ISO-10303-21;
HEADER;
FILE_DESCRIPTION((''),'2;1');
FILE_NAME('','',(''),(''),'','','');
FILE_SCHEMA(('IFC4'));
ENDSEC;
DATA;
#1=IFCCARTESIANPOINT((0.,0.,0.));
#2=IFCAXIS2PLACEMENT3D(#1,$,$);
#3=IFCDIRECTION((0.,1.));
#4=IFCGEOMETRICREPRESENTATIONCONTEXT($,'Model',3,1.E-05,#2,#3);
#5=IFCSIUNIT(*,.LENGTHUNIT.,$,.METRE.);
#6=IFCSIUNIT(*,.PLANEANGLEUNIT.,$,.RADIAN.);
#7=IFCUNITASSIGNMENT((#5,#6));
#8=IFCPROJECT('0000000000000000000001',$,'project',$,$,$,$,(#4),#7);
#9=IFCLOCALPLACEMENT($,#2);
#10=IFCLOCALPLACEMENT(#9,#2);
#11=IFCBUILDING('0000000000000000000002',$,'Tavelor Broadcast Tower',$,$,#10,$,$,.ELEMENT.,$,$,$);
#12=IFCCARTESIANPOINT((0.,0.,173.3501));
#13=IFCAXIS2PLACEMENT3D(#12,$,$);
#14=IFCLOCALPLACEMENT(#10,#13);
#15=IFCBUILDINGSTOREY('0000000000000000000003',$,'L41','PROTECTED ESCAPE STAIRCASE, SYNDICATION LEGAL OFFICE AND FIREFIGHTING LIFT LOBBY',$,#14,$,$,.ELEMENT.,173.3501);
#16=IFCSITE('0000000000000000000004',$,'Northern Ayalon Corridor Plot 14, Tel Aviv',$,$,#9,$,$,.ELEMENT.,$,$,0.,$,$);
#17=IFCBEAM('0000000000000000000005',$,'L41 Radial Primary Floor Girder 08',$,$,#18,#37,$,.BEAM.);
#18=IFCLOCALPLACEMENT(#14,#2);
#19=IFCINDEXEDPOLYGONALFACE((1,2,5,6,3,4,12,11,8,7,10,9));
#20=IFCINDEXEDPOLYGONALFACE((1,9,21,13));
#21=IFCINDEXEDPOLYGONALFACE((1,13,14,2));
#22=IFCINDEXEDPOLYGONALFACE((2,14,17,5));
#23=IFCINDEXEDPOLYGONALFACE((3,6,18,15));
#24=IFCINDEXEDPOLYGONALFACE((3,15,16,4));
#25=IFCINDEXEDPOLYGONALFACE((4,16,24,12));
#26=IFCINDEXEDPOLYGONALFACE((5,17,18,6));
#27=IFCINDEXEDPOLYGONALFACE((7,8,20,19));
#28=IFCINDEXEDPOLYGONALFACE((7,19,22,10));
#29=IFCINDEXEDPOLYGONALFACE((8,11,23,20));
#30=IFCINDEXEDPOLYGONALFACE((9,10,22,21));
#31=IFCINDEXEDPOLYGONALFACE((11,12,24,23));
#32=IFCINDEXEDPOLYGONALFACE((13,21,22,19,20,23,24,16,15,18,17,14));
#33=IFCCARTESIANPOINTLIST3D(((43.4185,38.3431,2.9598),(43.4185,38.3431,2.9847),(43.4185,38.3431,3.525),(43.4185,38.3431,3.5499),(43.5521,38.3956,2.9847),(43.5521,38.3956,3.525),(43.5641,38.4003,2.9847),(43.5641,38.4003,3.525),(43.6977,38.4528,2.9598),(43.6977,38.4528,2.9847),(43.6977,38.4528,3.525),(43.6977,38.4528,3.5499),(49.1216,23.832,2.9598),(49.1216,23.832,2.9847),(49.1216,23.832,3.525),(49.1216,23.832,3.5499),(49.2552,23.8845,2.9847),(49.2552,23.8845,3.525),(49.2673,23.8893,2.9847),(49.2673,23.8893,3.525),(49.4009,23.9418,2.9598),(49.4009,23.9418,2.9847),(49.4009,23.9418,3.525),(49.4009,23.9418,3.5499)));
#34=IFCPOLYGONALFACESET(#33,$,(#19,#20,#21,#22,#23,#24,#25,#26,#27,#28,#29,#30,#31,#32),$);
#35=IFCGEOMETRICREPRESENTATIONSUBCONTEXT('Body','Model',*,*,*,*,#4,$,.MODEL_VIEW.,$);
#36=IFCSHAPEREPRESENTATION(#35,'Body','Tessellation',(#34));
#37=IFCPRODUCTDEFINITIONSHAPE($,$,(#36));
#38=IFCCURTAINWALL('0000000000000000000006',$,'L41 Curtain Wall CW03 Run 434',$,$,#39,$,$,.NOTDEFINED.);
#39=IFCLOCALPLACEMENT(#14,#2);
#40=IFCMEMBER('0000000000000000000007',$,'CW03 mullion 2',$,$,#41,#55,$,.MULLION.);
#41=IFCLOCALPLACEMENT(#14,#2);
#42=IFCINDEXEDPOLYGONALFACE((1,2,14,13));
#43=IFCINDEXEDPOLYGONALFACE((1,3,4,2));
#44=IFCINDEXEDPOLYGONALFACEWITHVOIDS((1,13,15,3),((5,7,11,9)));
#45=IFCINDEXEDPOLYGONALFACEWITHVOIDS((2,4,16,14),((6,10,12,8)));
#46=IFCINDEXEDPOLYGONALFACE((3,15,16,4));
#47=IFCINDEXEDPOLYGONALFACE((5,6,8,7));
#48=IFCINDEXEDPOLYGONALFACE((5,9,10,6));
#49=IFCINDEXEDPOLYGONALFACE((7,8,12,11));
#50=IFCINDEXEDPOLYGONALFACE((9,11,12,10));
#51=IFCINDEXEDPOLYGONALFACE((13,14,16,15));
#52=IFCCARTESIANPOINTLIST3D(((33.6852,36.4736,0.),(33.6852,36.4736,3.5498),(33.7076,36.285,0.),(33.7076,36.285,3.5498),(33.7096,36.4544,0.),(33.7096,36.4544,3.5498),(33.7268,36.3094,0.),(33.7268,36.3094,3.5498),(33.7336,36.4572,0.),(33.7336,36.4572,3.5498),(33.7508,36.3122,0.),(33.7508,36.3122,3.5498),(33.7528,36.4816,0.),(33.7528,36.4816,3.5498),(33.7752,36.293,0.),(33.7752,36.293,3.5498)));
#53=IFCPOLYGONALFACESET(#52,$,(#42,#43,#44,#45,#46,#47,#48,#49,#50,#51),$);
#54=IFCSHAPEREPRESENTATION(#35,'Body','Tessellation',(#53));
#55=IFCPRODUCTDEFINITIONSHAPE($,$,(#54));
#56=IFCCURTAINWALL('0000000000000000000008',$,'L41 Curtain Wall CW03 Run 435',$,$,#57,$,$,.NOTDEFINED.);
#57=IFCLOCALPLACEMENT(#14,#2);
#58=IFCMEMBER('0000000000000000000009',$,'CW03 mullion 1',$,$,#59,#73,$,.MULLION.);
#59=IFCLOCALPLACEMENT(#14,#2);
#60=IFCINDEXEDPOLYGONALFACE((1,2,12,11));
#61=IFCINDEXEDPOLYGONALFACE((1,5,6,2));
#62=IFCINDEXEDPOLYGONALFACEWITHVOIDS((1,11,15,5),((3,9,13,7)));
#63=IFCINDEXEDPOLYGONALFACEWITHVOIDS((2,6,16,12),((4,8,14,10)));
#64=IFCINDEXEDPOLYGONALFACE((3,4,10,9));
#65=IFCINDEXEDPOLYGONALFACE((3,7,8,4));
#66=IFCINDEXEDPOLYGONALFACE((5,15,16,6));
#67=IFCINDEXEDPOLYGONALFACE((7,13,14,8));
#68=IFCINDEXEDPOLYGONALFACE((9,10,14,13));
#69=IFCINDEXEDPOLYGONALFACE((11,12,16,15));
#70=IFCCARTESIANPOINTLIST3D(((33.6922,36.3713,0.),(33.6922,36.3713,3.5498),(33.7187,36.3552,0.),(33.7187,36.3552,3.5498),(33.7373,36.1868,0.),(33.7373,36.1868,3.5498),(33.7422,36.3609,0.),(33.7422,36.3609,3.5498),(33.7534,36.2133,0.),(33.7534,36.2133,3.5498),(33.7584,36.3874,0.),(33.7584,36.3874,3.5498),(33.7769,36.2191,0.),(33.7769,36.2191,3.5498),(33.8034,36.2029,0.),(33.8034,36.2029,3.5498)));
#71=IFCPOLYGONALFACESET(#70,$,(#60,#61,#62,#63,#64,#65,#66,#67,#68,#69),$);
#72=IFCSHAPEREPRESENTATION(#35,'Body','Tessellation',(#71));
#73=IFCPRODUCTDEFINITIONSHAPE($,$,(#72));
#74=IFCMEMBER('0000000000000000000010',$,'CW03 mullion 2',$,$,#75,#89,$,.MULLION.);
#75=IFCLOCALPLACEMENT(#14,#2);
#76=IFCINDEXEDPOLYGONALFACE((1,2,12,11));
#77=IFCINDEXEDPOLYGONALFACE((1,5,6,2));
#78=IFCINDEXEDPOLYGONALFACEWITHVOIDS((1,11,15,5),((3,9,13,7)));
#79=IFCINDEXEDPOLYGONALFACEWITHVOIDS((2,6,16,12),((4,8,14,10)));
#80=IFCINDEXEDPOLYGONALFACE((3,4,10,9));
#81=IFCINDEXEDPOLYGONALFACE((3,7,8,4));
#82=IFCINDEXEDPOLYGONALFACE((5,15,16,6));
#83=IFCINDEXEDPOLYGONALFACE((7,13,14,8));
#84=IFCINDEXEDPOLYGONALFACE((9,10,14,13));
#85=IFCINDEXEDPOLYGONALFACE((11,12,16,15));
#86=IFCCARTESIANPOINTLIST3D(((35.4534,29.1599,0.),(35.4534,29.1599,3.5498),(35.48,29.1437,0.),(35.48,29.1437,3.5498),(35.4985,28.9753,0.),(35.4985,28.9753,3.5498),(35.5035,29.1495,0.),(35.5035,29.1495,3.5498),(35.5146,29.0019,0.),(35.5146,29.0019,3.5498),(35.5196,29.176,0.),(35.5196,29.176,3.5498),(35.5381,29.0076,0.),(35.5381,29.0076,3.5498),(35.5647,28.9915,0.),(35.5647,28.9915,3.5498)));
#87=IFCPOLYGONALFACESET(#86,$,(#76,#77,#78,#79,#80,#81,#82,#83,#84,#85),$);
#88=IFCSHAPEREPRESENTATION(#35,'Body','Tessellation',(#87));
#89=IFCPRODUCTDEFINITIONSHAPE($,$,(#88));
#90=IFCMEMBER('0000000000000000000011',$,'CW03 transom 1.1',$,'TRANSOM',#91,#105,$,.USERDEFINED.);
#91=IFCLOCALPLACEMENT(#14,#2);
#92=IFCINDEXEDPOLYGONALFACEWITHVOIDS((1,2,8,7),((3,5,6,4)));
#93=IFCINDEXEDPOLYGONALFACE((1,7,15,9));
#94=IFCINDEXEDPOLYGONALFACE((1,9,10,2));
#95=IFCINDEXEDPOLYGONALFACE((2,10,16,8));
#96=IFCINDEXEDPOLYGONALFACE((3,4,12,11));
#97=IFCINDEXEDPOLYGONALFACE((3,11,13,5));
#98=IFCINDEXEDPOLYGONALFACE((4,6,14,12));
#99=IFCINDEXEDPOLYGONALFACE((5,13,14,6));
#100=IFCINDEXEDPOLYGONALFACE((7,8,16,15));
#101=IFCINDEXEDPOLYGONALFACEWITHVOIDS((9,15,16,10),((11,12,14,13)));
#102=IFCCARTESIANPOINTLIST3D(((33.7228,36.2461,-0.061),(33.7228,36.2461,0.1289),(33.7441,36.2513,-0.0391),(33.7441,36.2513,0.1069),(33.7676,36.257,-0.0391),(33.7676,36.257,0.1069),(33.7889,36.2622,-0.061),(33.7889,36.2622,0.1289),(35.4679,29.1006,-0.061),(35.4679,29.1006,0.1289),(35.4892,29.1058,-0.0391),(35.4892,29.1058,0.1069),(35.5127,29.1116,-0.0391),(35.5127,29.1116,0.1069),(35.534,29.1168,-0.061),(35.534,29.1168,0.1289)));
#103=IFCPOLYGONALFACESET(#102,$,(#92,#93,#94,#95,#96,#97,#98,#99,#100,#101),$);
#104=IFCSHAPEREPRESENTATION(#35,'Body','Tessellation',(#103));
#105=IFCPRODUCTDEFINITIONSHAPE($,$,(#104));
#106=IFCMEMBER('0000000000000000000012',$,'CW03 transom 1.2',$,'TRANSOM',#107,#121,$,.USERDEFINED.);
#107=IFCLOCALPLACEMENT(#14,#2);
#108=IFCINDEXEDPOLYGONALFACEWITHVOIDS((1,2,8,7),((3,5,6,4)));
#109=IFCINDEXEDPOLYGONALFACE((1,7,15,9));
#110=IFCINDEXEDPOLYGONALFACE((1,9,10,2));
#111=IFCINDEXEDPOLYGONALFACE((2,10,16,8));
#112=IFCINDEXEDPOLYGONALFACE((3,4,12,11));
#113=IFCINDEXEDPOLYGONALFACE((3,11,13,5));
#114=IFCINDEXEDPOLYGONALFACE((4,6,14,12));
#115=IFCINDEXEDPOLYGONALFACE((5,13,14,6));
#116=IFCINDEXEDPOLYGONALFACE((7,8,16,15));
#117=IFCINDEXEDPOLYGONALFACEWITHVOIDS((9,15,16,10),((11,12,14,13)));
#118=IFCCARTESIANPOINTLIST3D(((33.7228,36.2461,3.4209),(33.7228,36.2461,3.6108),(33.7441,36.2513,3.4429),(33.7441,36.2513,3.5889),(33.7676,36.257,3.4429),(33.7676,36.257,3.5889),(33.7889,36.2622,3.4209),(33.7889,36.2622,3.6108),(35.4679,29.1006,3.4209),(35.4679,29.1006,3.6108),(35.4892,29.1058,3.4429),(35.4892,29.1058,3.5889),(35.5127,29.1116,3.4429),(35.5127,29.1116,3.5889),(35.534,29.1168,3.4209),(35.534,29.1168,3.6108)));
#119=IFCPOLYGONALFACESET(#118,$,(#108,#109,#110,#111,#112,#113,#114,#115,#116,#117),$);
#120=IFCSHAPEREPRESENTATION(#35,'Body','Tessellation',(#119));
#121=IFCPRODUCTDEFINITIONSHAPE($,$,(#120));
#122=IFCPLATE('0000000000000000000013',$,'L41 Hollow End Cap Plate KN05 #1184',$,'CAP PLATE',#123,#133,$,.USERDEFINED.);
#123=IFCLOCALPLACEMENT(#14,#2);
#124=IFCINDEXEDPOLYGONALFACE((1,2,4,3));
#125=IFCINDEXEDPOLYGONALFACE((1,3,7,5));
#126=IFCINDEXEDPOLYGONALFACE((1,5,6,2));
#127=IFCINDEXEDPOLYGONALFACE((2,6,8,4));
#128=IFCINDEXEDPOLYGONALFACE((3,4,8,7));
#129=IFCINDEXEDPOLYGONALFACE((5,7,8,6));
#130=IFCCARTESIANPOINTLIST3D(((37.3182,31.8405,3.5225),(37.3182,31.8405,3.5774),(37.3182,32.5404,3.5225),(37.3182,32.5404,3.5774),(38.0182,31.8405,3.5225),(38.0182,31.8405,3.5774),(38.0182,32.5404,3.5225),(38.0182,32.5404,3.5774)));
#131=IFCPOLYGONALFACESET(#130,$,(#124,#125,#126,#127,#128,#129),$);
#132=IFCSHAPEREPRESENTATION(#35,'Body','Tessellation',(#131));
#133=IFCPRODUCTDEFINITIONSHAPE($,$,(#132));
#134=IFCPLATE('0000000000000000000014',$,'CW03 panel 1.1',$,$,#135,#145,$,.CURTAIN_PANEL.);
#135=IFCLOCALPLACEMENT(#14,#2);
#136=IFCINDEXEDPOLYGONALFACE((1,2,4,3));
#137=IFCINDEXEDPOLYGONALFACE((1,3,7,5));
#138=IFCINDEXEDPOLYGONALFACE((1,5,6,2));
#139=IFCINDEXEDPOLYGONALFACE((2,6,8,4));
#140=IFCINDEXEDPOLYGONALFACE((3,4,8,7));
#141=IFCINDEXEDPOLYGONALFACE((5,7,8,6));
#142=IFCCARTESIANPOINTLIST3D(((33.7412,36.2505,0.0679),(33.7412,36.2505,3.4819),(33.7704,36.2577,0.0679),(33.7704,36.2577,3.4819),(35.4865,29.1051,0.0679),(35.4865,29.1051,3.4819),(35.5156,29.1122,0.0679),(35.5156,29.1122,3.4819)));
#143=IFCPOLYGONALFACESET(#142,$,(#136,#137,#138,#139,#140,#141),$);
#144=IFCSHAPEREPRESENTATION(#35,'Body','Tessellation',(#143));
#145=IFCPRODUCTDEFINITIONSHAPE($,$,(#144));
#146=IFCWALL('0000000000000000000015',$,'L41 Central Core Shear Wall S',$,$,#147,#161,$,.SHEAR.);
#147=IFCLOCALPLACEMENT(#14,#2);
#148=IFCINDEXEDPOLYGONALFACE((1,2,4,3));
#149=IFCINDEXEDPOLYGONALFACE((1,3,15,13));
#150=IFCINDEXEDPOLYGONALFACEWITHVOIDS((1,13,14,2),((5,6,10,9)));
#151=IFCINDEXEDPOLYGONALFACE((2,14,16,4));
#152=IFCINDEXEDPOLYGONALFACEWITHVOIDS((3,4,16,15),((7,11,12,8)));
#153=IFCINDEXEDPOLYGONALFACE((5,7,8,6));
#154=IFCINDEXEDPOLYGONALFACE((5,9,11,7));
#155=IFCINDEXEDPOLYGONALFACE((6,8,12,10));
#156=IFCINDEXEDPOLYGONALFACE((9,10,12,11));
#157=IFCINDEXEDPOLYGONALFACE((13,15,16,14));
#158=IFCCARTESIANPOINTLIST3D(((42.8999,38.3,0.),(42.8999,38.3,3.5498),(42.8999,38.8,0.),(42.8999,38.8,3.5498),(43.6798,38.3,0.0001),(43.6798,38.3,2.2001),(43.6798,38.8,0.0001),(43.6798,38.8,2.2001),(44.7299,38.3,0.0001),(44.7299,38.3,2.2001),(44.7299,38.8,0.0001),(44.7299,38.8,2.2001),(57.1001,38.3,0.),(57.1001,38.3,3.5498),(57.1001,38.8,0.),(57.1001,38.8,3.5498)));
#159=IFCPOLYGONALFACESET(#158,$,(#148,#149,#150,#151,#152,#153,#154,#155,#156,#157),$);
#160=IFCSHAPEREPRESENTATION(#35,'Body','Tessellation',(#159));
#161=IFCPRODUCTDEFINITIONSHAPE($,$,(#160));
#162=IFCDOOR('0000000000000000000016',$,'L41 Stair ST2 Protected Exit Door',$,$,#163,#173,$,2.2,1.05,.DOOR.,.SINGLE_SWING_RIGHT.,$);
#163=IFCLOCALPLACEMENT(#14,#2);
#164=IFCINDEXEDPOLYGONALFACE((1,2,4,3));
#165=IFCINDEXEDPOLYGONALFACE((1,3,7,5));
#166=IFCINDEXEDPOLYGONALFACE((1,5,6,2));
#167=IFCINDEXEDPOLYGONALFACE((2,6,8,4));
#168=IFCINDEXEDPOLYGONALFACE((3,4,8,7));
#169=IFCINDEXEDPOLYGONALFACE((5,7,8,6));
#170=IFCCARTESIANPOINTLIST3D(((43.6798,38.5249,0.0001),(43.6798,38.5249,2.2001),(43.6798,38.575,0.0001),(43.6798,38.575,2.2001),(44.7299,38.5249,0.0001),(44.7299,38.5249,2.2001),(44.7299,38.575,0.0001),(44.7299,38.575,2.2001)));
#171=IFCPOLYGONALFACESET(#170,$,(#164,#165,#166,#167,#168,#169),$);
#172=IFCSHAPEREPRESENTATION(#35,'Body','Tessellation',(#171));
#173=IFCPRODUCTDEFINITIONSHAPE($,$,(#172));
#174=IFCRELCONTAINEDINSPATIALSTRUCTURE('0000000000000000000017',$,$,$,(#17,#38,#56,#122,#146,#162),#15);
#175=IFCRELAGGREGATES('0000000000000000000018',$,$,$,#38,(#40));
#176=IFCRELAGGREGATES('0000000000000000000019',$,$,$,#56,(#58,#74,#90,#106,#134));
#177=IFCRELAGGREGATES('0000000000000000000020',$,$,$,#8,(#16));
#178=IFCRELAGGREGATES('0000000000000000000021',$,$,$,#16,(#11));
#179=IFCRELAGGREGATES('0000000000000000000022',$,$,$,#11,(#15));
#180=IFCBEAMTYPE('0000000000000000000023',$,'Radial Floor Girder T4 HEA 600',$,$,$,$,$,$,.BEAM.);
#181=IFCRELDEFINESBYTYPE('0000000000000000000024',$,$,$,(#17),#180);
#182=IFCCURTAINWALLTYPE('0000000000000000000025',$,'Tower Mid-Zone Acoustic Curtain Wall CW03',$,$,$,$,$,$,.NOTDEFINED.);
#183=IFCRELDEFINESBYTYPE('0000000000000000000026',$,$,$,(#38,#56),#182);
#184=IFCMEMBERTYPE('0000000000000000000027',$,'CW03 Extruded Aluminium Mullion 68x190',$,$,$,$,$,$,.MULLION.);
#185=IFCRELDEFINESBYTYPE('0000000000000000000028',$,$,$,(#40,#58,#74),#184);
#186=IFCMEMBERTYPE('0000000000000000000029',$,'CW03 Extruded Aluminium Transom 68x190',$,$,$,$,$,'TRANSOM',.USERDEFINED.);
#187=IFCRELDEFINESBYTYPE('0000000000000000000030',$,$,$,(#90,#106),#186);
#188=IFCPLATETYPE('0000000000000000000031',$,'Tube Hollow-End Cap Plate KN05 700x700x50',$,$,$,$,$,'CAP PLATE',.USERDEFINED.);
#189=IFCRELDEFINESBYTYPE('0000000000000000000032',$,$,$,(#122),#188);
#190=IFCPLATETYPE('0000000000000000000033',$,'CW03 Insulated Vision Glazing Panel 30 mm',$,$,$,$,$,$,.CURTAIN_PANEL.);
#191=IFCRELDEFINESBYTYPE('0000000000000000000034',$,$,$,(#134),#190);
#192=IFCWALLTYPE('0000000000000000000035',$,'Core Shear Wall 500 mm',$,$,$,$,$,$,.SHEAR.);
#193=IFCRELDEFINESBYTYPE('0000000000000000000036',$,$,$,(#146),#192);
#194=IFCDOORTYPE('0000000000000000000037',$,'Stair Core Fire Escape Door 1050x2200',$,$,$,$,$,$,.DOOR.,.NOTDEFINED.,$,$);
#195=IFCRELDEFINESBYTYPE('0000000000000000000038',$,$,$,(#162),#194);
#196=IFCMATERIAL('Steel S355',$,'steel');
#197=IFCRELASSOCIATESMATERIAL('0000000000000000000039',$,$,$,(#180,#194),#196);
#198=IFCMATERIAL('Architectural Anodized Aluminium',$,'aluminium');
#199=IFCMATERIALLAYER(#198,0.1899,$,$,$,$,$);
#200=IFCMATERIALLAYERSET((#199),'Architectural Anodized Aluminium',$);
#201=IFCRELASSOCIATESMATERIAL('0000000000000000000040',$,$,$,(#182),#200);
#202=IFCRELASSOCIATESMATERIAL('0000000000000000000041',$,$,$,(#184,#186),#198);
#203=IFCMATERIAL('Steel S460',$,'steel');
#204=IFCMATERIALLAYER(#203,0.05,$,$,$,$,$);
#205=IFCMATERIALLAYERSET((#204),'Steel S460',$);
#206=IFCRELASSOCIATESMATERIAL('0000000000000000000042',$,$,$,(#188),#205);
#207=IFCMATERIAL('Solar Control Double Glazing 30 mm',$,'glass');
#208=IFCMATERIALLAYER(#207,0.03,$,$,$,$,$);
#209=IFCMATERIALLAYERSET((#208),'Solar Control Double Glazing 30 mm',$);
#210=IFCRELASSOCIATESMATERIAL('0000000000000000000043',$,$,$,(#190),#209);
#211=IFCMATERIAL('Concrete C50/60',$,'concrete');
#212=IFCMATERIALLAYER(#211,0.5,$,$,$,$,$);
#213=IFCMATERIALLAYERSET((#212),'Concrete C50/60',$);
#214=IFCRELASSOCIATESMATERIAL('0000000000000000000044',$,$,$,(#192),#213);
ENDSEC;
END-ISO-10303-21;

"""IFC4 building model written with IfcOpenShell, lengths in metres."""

from ifc_helpers import new_model, si_unit, direction, frame, frame_2d, origin, origin_2d, place, context, subcontext, project, spatial, rectangle, hollow_rectangle, i_section, extrude, source, transform, mapped, material, layer, layer_set, material_profile, profile_set, type_object, type_shapes, element, fill, aggregate, save


model = new_model("IFC4")

# Units and contexts
model_context = context("Model", 3, precision=1e-05, world=origin(), true_north=direction((0.0, 1.0)))
body_context = subcontext(model_context, "Body", "Model", "MODEL_VIEW")
ifc_project = project(units=[si_unit("LENGTHUNIT", "METRE"), si_unit("PLANEANGLEUNIT", "RADIAN")], contexts=[model_context])

# Site, building, storey
site_placement = place(None, origin())
site = spatial("IfcSite", under=ifc_project, at=site_placement, Name="Northern Ayalon Corridor Plot 14, Tel Aviv", CompositionType="ELEMENT", RefElevation=0.0)
building_placement = place(site_placement, origin())
building = spatial("IfcBuilding", under=site, at=building_placement, Name="Tavelor Broadcast Tower", CompositionType="ELEMENT")
storey_placement = place(building_placement, frame((0.0, 0.0, 173.3501)))
storey = spatial("IfcBuildingStorey", under=building, at=storey_placement, Name="L41", Description="PROTECTED ESCAPE STAIRCASE, SYNDICATION LEGAL OFFICE AND FIREFIGHTING LIFT LOBBY", CompositionType="ELEMENT", Elevation=173.3501)

# Shared definitions
ifc_material_1 = material(Name="Steel S460", Category="steel")

# Beam
ifc_material_2 = material(Name="Steel S355", Category="steel")
ifc_material_profile_1 = material_profile(ifc_material_2, i_section(OverallWidth=0.3, OverallDepth=0.5901, WebThickness=0.0129, FlangeThickness=0.0249, at=origin_2d()), Name="HEA 600")
ifc_profile_set_1 = profile_set([ifc_material_profile_1], Name="Steel S355")
beam_type_1 = type_object("IfcBeamType", Name="Radial Floor Girder T4 HEA 600", PredefinedType="BEAM", material=ifc_profile_set_1)
beam_1_placement = place(storey_placement, frame((43.5581, 38.3979, 3.2549), z_axis=(0.365785, -0.9307, 0.0), x_axis=(0.9307, 0.365785, 0.0)))
element("IfcBeam", 1, at=beam_1_placement, inside=storey, type_object=beam_type_1, Name="L41 Radial Primary Floor Girder 08", PredefinedType="BEAM", context=body_context, shape_type="SweptSolid", body=[
    extrude(i_section(OverallWidth=0.3, OverallDepth=0.5901, WebThickness=0.0129, FlangeThickness=0.0249, at=origin_2d()), origin(), (0.0, 0.0, 1.0), 15.5916),
])

# Curtain wall, member
ifc_material_3 = material(Name="Architectural Anodized Aluminium", Category="aluminium")
ifc_layer_1 = layer(ifc_material_3, 0.1899)
ifc_layer_set_1 = layer_set([ifc_layer_1], Name="Architectural Anodized Aluminium")
curtain_wall_type = type_object("IfcCurtainWallType", Name="Tower Mid-Zone Acoustic Curtain Wall CW03", PredefinedType="NOTDEFINED", material=ifc_layer_set_1)
curtain_wall_1_placement = place(storey_placement, origin())
curtain_wall_1 = element("IfcCurtainWall", 2, at=curtain_wall_1_placement, inside=storey, type_object=curtain_wall_type, Name="L41 Curtain Wall CW03 Run 434", PredefinedType="NOTDEFINED")
ifc_material_profile_2 = material_profile(ifc_material_3, hollow_rectangle(XDim=0.0681, YDim=0.1899, WallThickness=0.022, at=origin_2d()), Name="RHS 68x190x22")
ifc_profile_set_2 = profile_set([ifc_material_profile_2], Name="Architectural Anodized Aluminium")
member_type_1 = type_object("IfcMemberType", Name="CW03 Extruded Aluminium Mullion 68x190", PredefinedType="MULLION", material=ifc_profile_set_2)
shared_shape_1 = source(origin(), body_context, "Body", "SweptSolid", [
    extrude(hollow_rectangle(XDim=0.0681, YDim=0.1899, WallThickness=0.022, at=origin_2d()), origin(), (0.0, 0.0, 1.0), 3.5498),
])
type_shapes(member_type_1, [shared_shape_1])
member_1_placement = place(storey_placement, frame((33.7302, 36.3833, 0.0), z_axis=(0.0, 0.0, 1.0), x_axis=(0.993016, 0.117977, 0.0)))
member_1 = element("IfcMember", 3, at=member_1_placement, type_object=member_type_1, Name="CW03 mullion 2", PredefinedType="MULLION", context=body_context, shape_type="MappedRepresentation", body=[
    mapped(shared_shape_1, transform((0.0, 0.0, 0.0), scale=1.0)),
])
aggregate(curtain_wall_1, [member_1])

# Curtain wall, members
curtain_wall_2_placement = place(storey_placement, origin())
curtain_wall_2 = element("IfcCurtainWall", 4, at=curtain_wall_2_placement, inside=storey, type_object=curtain_wall_type, Name="L41 Curtain Wall CW03 Run 435", PredefinedType="NOTDEFINED")
member_2_placement = place(storey_placement, frame((33.7478, 36.2871, 0.0), z_axis=(0.0, 0.0, 1.0), x_axis=(0.971443, 0.237271, 0.0)))
member_2 = element("IfcMember", 5, at=member_2_placement, type_object=member_type_1, Name="CW03 mullion 1", PredefinedType="MULLION", context=body_context, shape_type="MappedRepresentation", body=[
    mapped(shared_shape_1, transform((0.0, 0.0, 0.0), scale=1.0)),
])
member_3_placement = place(storey_placement, frame((35.509, 29.0757, 0.0), z_axis=(0.0, 0.0, 1.0), x_axis=(0.971443, 0.237271, 0.0)))
member_3 = element("IfcMember", 6, at=member_3_placement, type_object=member_type_1, Name="CW03 mullion 2", PredefinedType="MULLION", context=body_context, shape_type="MappedRepresentation", body=[
    mapped(shared_shape_1, transform((0.0, 0.0, 0.0), scale=1.0)),
])
ifc_material_profile_3 = material_profile(ifc_material_3, hollow_rectangle(XDim=0.0681, YDim=0.1899, WallThickness=0.022, at=origin_2d()), Name="RHS 68x190x22")
ifc_profile_set_3 = profile_set([ifc_material_profile_3], Name="Architectural Anodized Aluminium")
member_type_2 = type_object("IfcMemberType", Name="CW03 Extruded Aluminium Transom 68x190", ElementType="TRANSOM", PredefinedType="USERDEFINED", material=ifc_profile_set_3)
shared_shape_2 = source(origin(), body_context, "Body", "SweptSolid", [
    extrude(hollow_rectangle(XDim=0.0681, YDim=0.1899, WallThickness=0.022, at=origin_2d()), origin(), (0.0, 0.0, 1.0), 7.3555),
])
type_shapes(member_type_2, [shared_shape_2])
member_4_placement = place(storey_placement, frame((33.7559, 36.2542, 0.0339), z_axis=(0.237253, -0.971448, 0.0), x_axis=(0.971448, 0.237253, 0.0)))
member_4 = element("IfcMember", 7, at=member_4_placement, type_object=member_type_2, Name="CW03 transom 1.1", ObjectType="TRANSOM", PredefinedType="USERDEFINED", context=body_context, shape_type="MappedRepresentation", body=[
    mapped(shared_shape_2, transform((0.0, 0.0, 0.0), scale=1.0)),
])
member_5_placement = place(storey_placement, frame((33.7559, 36.2542, 3.5159), z_axis=(0.237253, -0.971448, 0.0), x_axis=(0.971448, 0.237253, 0.0)))
member_5 = element("IfcMember", 8, at=member_5_placement, type_object=member_type_2, Name="CW03 transom 1.2", ObjectType="TRANSOM", PredefinedType="USERDEFINED", context=body_context, shape_type="MappedRepresentation", body=[
    mapped(shared_shape_2, transform((0.0, 0.0, 0.0), scale=1.0)),
])

# Plates
ifc_layer_2 = layer(ifc_material_1, 0.05)
ifc_layer_set_2 = layer_set([ifc_layer_2], Name="Steel S460")
plate_type_1 = type_object("IfcPlateType", Name="Tube Hollow-End Cap Plate KN05 700x700x50", ElementType="CAP PLATE", PredefinedType="USERDEFINED", material=ifc_layer_set_2)
shared_shape_3 = source(origin(), body_context, "Body", "SweptSolid", [
    extrude(rectangle(XDim=0.7, YDim=0.7, at=origin_2d()), origin(), (0.0, 0.0, 1.0), 0.0549),
])
type_shapes(plate_type_1, [shared_shape_3])
plate_1_placement = place(storey_placement, frame((37.6682, 32.1904, 3.5225), z_axis=(0.0, 0.0, 1.0), x_axis=(1.0, 0.0, 0.0)))
element("IfcPlate", 9, at=plate_1_placement, inside=storey, type_object=plate_type_1, Name="L41 Hollow End Cap Plate KN05 #1184", ObjectType="CAP PLATE", PredefinedType="USERDEFINED", context=body_context, shape_type="MappedRepresentation", body=[
    mapped(shared_shape_3, transform((0.0, 0.0, 0.0), scale=1.0)),
])
ifc_material_4 = material(Name="Solar Control Double Glazing 30 mm", Category="glass")
ifc_layer_3 = layer(ifc_material_4, 0.03)
ifc_layer_set_3 = layer_set([ifc_layer_3], Name="Solar Control Double Glazing 30 mm")
plate_type_2 = type_object("IfcPlateType", Name="CW03 Insulated Vision Glazing Panel 30 mm", PredefinedType="CURTAIN_PANEL", material=ifc_layer_set_3)
shared_shape_4 = source(origin(), body_context, "Body", "SweptSolid", [
    extrude(rectangle(XDim=7.3555, YDim=0.03, at=origin_2d()), origin(), (0.0, 0.0, 1.0), 3.4141),
])
type_shapes(plate_type_2, [shared_shape_4])
plate_2_placement = place(storey_placement, frame((34.6284, 32.6814, 0.0679), z_axis=(0.0, 0.0, 1.0), x_axis=(0.237271, -0.971443, 0.0)))
plate_2 = element("IfcPlate", 10, at=plate_2_placement, type_object=plate_type_2, Name="CW03 panel 1.1", PredefinedType="CURTAIN_PANEL", context=body_context, shape_type="MappedRepresentation", body=[
    mapped(shared_shape_4, transform((0.0, 0.0, 0.0), scale=1.0)),
])
aggregate(curtain_wall_2, [member_2, member_3, member_4, member_5, plate_2])

# Wall, opening, door
ifc_material_5 = material(Name="Concrete C50/60", Category="concrete")
ifc_layer_4 = layer(ifc_material_5, 0.5)
ifc_layer_set_4 = layer_set([ifc_layer_4], Name="Concrete C50/60")
wall_type_1 = type_object("IfcWallType", Name="Core Shear Wall 500 mm", PredefinedType="SHEAR", material=ifc_layer_set_4)
wall_1_placement = place(storey_placement, frame((42.8999, 38.55, 0.0), z_axis=(0.0, 0.0, 1.0), x_axis=(1.0, 0.0, 0.0)))
wall_1 = element("IfcWall", 11, at=wall_1_placement, inside=storey, type_object=wall_type_1, Name="L41 Central Core Shear Wall S", PredefinedType="SHEAR", context=body_context, shape_type="SweptSolid", body=[
    extrude(rectangle(XDim=14.2002, YDim=0.5, at=frame_2d((7.1001, 0.0))), origin(), (0.0, 0.0, 1.0), 3.5498),
])
opening_1_placement = place(wall_1_placement, frame((0.78, 0.0, 0.0)))
opening_1 = element("IfcOpeningElement", 12, at=opening_1_placement, cuts=wall_1, PredefinedType="OPENING", context=body_context, shape_type="SweptSolid", body=[
    extrude(rectangle(XDim=1.05, YDim=2.2, at=frame_2d((0.5249, 1.1001))), frame((0.0, 0.26, 0.0), z_axis=(0.0, -1.0, 0.0), x_axis=(1.0, 0.0, 0.0)), (0.0, 0.0, 1.0), 0.52),
])
door_type_1 = type_object("IfcDoorType", Name="Stair Core Fire Escape Door 1050x2200", OperationType="NOTDEFINED", PredefinedType="DOOR", material=ifc_material_2)
door_1_placement = place(opening_1_placement, origin())
door_1 = element("IfcDoor", 13, at=door_1_placement, inside=storey, type_object=door_type_1, Name="L41 Stair ST2 Protected Exit Door", OperationType="SINGLE_SWING_RIGHT", OverallHeight=2.2, OverallWidth=1.05, PredefinedType="DOOR", context=body_context, shape_type="SweptSolid", body=[
    extrude(rectangle(XDim=1.05, YDim=2.2, at=frame_2d((0.5249, 1.1001))), frame((0.0, 0.0249, 0.0), z_axis=(0.0, -1.0, 0.0), x_axis=(1.0, 0.0, 0.0)), (0.0, 0.0, 1.0), 0.05),
])
fill(opening_1, door_1)

save(model, "model.ifc")
